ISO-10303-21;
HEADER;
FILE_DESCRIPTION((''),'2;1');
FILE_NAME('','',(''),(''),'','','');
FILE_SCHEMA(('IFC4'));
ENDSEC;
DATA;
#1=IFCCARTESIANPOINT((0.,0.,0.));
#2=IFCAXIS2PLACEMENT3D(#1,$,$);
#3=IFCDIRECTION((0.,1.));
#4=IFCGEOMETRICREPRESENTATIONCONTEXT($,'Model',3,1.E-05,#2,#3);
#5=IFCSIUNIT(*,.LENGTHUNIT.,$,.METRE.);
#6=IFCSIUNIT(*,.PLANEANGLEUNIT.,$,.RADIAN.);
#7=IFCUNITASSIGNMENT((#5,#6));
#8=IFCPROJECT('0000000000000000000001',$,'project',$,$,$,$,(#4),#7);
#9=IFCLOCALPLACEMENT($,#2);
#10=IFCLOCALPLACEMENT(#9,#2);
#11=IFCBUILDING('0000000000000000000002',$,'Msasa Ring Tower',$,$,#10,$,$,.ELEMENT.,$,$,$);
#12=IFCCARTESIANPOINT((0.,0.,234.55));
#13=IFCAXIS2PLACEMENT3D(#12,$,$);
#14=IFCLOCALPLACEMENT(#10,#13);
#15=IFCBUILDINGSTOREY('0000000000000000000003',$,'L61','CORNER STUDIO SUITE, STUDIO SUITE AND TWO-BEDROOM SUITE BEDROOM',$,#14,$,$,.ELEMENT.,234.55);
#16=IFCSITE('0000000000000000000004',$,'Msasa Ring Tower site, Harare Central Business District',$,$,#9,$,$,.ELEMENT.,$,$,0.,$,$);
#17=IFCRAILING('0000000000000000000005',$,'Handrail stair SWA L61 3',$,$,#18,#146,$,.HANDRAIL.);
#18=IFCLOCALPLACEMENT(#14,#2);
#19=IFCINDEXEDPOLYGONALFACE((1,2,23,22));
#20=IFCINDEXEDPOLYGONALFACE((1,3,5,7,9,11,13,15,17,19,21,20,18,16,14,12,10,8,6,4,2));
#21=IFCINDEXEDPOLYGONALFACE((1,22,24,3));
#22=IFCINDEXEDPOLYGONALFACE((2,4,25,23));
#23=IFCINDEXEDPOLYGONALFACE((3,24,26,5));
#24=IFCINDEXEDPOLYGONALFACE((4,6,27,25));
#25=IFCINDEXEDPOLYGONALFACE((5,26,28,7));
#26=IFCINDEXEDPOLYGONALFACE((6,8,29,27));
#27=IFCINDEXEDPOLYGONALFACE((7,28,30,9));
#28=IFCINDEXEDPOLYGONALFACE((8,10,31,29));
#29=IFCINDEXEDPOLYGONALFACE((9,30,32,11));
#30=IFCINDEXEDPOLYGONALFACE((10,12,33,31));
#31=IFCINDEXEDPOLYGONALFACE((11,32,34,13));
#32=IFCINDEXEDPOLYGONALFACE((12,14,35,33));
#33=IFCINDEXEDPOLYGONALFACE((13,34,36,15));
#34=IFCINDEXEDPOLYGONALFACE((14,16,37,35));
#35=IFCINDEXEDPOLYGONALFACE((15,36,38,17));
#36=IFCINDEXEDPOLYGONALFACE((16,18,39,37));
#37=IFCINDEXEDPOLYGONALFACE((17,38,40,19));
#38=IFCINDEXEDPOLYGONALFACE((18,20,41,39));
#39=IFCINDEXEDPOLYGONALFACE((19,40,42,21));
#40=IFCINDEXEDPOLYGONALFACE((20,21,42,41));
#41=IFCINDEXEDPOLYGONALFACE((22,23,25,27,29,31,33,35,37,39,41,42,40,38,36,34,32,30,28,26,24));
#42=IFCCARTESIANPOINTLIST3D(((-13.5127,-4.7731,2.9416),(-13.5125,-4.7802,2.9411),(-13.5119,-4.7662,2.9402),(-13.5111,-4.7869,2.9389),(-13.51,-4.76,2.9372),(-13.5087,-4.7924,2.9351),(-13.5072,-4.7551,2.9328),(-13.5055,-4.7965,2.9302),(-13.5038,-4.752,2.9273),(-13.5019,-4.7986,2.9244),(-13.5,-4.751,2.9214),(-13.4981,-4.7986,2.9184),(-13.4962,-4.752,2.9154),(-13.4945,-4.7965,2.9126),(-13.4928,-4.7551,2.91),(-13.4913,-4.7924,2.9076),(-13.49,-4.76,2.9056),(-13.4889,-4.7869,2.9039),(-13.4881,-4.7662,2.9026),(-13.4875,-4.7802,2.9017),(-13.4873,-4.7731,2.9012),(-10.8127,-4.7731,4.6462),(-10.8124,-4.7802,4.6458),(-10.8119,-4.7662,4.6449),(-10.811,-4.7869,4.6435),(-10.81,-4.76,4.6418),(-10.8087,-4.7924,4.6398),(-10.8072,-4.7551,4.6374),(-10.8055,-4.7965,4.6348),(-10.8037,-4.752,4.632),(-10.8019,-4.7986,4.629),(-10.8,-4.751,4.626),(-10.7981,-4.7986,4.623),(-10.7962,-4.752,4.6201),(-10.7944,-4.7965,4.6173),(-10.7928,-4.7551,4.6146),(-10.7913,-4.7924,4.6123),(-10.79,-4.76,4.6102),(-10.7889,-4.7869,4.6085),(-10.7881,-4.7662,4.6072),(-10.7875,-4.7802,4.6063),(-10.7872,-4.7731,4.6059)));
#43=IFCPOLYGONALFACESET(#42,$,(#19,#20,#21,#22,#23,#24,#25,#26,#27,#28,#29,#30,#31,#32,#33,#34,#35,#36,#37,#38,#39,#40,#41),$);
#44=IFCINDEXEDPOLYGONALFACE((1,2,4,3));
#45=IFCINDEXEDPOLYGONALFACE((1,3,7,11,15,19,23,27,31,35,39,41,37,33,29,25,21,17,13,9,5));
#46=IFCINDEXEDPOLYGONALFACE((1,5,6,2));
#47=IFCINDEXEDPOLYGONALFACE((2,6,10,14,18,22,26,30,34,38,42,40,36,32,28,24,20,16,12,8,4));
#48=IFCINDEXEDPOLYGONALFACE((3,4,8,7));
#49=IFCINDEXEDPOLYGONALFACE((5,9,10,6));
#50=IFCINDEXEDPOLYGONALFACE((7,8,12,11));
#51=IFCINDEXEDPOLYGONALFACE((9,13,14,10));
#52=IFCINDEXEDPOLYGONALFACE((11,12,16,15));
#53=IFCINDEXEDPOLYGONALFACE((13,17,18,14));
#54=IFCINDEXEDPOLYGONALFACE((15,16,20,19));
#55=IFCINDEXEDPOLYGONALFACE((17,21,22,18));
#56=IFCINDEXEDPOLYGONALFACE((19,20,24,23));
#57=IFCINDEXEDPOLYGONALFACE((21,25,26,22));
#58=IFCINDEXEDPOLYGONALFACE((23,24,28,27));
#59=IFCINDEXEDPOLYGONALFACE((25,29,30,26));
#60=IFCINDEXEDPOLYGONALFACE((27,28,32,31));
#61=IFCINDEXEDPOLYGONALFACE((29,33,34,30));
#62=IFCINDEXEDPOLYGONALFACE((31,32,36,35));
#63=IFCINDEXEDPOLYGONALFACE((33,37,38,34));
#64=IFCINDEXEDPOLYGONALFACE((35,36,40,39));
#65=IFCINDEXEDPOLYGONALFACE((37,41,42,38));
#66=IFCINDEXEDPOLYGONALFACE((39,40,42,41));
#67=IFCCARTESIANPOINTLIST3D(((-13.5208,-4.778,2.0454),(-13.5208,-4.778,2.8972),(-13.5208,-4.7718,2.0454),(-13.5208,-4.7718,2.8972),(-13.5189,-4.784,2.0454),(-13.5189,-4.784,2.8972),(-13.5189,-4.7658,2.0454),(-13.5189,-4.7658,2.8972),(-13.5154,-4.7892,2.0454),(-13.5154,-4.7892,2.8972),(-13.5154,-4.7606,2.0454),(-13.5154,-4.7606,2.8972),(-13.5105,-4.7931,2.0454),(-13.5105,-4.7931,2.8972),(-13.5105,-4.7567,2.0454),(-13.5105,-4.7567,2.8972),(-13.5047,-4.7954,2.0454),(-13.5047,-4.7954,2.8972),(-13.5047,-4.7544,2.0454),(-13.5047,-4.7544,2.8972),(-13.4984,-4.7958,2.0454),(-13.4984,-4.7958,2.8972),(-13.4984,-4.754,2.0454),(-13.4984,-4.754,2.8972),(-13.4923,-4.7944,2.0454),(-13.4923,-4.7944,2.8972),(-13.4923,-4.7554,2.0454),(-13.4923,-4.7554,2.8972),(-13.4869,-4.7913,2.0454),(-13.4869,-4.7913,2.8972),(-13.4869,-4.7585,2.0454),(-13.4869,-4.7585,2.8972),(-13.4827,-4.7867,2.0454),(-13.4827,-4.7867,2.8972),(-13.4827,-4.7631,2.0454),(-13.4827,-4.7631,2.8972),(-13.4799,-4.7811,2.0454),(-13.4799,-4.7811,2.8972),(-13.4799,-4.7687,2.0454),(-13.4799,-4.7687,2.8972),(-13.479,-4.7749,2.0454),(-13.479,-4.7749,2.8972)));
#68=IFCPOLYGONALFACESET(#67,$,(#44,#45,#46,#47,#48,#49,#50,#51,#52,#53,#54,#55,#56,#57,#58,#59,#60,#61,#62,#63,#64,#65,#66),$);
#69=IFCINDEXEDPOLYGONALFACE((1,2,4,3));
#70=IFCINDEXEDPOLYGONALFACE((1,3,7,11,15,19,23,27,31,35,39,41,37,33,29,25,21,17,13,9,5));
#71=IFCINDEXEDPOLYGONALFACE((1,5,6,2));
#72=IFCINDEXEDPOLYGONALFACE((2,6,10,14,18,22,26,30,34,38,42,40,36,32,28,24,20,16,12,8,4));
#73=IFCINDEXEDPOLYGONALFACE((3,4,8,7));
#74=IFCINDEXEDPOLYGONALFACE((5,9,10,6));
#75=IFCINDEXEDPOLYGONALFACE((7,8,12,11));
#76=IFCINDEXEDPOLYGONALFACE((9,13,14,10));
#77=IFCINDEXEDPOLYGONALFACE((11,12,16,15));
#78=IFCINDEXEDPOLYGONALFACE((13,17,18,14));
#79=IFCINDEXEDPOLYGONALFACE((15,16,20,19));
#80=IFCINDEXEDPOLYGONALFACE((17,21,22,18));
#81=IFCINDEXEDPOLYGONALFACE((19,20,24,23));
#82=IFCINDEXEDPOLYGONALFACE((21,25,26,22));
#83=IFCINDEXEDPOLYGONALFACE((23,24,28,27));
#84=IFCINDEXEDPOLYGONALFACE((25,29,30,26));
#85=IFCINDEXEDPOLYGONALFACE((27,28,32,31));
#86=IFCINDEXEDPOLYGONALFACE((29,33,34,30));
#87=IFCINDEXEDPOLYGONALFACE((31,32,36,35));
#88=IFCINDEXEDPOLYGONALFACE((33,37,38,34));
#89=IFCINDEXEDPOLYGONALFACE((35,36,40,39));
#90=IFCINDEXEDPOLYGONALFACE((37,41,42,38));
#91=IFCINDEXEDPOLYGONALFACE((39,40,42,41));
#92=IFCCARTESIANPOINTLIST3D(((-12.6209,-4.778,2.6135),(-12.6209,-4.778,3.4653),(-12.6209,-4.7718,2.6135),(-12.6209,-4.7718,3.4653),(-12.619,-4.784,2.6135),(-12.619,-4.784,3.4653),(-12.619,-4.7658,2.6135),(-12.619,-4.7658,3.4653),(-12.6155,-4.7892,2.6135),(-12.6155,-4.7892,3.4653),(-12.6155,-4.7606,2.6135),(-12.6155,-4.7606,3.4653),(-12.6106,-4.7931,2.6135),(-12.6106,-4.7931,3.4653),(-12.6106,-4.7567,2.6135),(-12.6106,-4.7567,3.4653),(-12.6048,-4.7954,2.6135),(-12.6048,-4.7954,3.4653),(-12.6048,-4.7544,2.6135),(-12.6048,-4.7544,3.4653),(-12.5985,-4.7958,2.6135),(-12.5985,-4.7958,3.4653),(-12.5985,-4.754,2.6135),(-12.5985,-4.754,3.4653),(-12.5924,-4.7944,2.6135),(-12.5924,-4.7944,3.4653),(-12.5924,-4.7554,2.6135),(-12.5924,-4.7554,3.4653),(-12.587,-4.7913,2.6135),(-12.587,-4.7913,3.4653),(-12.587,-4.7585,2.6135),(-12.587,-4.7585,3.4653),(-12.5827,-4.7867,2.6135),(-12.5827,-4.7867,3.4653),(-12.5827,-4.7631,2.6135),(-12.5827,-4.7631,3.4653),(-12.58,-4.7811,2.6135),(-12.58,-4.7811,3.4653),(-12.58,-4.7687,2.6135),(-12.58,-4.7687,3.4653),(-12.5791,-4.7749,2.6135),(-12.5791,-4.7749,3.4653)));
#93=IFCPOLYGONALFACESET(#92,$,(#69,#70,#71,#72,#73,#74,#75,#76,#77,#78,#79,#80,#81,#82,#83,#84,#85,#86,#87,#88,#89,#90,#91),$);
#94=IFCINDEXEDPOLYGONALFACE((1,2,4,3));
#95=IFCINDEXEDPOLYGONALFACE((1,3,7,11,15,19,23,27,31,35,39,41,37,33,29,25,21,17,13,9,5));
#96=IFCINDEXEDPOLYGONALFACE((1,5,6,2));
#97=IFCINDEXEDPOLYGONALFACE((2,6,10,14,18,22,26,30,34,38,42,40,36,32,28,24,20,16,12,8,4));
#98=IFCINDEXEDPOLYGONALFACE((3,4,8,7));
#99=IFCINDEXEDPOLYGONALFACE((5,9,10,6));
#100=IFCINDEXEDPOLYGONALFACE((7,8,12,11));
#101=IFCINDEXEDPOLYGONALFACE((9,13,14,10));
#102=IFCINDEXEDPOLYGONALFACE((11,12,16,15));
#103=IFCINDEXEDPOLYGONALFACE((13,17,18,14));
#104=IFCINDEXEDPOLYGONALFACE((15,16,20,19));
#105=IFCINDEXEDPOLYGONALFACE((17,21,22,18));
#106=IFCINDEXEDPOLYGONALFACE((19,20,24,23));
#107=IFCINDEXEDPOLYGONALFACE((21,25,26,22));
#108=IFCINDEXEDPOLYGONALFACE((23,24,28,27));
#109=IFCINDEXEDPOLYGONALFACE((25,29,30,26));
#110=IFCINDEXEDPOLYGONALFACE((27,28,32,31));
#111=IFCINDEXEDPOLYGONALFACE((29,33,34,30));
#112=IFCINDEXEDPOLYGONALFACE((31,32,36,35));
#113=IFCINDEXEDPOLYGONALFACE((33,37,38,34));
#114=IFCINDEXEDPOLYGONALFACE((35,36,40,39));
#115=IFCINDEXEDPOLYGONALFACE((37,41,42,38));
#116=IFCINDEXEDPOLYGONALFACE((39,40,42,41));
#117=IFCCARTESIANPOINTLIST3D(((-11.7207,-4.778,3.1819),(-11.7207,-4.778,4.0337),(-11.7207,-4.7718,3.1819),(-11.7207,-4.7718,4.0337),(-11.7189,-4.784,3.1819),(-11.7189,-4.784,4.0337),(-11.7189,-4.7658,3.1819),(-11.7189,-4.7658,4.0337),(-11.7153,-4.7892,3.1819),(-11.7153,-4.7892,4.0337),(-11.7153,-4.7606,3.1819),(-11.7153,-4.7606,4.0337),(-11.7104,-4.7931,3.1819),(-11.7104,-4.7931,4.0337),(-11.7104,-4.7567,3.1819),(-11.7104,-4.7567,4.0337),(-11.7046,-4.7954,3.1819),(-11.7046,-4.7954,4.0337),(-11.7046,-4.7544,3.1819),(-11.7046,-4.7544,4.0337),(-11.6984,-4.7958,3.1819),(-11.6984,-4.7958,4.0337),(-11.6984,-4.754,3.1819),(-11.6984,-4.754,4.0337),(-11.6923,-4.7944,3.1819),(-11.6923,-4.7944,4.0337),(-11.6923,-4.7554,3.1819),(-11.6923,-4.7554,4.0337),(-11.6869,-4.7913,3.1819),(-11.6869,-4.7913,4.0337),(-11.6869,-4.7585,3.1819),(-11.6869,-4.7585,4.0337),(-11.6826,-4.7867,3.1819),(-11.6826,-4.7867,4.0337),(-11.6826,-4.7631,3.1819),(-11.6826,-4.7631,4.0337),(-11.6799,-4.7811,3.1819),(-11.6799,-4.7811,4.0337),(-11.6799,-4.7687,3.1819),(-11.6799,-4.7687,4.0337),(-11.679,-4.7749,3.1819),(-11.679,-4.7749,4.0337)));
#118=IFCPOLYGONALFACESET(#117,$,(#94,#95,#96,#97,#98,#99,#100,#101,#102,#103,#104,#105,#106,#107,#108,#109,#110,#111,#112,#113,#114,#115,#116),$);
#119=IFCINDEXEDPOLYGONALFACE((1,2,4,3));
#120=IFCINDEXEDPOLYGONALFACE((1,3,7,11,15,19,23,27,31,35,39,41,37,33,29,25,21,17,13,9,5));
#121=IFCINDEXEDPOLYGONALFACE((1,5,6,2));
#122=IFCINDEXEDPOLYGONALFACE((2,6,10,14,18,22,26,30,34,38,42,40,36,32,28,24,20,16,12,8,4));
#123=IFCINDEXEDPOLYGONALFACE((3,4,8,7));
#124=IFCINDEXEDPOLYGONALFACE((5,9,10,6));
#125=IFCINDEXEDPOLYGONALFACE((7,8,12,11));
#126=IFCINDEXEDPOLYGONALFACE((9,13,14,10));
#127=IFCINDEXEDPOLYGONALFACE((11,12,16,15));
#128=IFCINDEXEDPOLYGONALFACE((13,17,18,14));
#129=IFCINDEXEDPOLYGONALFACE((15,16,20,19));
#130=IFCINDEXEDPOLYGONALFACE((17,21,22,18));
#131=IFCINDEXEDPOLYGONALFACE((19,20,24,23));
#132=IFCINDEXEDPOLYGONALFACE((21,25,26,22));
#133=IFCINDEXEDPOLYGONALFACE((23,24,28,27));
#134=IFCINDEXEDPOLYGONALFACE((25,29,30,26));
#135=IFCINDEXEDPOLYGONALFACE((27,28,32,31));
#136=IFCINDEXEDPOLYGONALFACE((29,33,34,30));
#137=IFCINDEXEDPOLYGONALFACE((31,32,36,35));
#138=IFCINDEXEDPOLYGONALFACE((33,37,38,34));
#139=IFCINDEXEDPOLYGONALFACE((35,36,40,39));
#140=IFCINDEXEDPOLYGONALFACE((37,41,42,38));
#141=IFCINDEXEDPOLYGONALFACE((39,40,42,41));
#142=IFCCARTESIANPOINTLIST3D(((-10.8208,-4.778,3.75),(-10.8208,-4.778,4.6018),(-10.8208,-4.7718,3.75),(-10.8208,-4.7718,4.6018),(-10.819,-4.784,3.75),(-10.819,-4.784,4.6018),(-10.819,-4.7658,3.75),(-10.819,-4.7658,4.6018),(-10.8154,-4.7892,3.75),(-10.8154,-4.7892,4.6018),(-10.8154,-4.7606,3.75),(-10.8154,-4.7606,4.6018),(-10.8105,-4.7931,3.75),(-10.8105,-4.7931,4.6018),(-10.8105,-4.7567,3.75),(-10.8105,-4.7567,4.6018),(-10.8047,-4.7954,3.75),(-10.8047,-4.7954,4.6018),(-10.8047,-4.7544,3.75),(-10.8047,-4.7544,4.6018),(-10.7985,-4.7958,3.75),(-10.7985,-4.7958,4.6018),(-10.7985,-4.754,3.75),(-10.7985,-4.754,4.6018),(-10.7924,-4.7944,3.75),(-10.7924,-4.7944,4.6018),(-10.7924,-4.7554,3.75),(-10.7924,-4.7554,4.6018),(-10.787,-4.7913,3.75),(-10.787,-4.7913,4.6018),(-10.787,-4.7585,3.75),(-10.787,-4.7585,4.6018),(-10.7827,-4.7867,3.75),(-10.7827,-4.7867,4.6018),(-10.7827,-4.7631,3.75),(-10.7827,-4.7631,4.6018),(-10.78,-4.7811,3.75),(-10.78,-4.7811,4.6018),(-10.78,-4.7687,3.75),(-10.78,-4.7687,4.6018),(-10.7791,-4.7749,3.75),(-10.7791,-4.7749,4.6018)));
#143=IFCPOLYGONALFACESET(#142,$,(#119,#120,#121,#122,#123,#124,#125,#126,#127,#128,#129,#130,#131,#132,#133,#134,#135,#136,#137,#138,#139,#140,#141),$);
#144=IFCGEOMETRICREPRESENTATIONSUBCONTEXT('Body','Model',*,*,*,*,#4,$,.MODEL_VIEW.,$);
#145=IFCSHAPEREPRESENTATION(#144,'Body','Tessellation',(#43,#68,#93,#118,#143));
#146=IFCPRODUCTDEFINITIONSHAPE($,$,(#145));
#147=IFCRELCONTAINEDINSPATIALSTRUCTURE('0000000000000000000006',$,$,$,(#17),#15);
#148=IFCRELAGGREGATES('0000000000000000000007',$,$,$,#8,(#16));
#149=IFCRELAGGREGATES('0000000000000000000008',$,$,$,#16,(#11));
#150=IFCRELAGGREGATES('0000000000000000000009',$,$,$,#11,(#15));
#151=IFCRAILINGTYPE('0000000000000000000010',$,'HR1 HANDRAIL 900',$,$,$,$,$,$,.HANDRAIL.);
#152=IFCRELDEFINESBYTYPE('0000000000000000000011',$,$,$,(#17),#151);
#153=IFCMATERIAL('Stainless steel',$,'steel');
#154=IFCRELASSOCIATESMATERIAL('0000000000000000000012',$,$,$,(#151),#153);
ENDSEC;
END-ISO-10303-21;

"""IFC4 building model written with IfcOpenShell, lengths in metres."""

from ifc_helpers import new_model, si_unit, direction, frame, origin, origin_2d, place, context, subcontext, project, spatial, circle, extrude, material, type_object, element, save


model = new_model("IFC4")

# Units and contexts
model_context = context("Model", 3, precision=1e-05, world=origin(), true_north=direction((0.0, 1.0)))
body_context = subcontext(model_context, "Body", "Model", "MODEL_VIEW")
ifc_project = project(units=[si_unit("LENGTHUNIT", "METRE"), si_unit("PLANEANGLEUNIT", "RADIAN")], contexts=[model_context])

# Site, building, storey
site_placement = place(None, origin())
site = spatial("IfcSite", under=ifc_project, at=site_placement, Name="Msasa Ring Tower site, Harare Central Business District", CompositionType="ELEMENT", RefElevation=0.0)
building_placement = place(site_placement, origin())
building = spatial("IfcBuilding", under=site, at=building_placement, Name="Msasa Ring Tower", CompositionType="ELEMENT")
storey_placement = place(building_placement, frame((0.0, 0.0, 234.55)))
storey = spatial("IfcBuildingStorey", under=building, at=storey_placement, Name="L61", Description="CORNER STUDIO SUITE, STUDIO SUITE AND TWO-BEDROOM SUITE BEDROOM", CompositionType="ELEMENT", Elevation=234.55)

# Railing
ifc_material_1 = material(Name="Stainless steel", Category="steel")
railing_type = type_object("IfcRailingType", Name="HR1 HANDRAIL 900", PredefinedType="HANDRAIL", material=ifc_material_1)
for number, where, name in (
    (1, (-13.5, -4.7749, 2.0454), "Handrail stair SWA L61 3"),
):
    element("IfcRailing", number, at=place(storey_placement, frame(where)), inside=storey, type_object=railing_type, Name=name, PredefinedType="HANDRAIL", context=body_context, shape_type="SweptSolid", body=[
        extrude(circle(Radius=0.0239, at=origin_2d()), frame((0.0, 0.0, 0.876), z_axis=(0.84558, 0.0, 0.533849), x_axis=(0.0, 1.0, 0.0)), (0.0, 0.0, 1.0), 3.1931),
        extrude(circle(Radius=0.021, at=origin_2d()), origin(), (0.0, 0.0, 1.0), 0.8518),
        extrude(circle(Radius=0.021, at=origin_2d()), frame((0.8999, 0.0, 0.5681)), (0.0, 0.0, 1.0), 0.8518),
        extrude(circle(Radius=0.021, at=origin_2d()), frame((1.8, 0.0, 1.1365)), (0.0, 0.0, 1.0), 0.8518),
        extrude(circle(Radius=0.021, at=origin_2d()), frame((2.7, 0.0, 1.7046)), (0.0, 0.0, 1.0), 0.8518),
    ])

save(model, "model.ifc")
